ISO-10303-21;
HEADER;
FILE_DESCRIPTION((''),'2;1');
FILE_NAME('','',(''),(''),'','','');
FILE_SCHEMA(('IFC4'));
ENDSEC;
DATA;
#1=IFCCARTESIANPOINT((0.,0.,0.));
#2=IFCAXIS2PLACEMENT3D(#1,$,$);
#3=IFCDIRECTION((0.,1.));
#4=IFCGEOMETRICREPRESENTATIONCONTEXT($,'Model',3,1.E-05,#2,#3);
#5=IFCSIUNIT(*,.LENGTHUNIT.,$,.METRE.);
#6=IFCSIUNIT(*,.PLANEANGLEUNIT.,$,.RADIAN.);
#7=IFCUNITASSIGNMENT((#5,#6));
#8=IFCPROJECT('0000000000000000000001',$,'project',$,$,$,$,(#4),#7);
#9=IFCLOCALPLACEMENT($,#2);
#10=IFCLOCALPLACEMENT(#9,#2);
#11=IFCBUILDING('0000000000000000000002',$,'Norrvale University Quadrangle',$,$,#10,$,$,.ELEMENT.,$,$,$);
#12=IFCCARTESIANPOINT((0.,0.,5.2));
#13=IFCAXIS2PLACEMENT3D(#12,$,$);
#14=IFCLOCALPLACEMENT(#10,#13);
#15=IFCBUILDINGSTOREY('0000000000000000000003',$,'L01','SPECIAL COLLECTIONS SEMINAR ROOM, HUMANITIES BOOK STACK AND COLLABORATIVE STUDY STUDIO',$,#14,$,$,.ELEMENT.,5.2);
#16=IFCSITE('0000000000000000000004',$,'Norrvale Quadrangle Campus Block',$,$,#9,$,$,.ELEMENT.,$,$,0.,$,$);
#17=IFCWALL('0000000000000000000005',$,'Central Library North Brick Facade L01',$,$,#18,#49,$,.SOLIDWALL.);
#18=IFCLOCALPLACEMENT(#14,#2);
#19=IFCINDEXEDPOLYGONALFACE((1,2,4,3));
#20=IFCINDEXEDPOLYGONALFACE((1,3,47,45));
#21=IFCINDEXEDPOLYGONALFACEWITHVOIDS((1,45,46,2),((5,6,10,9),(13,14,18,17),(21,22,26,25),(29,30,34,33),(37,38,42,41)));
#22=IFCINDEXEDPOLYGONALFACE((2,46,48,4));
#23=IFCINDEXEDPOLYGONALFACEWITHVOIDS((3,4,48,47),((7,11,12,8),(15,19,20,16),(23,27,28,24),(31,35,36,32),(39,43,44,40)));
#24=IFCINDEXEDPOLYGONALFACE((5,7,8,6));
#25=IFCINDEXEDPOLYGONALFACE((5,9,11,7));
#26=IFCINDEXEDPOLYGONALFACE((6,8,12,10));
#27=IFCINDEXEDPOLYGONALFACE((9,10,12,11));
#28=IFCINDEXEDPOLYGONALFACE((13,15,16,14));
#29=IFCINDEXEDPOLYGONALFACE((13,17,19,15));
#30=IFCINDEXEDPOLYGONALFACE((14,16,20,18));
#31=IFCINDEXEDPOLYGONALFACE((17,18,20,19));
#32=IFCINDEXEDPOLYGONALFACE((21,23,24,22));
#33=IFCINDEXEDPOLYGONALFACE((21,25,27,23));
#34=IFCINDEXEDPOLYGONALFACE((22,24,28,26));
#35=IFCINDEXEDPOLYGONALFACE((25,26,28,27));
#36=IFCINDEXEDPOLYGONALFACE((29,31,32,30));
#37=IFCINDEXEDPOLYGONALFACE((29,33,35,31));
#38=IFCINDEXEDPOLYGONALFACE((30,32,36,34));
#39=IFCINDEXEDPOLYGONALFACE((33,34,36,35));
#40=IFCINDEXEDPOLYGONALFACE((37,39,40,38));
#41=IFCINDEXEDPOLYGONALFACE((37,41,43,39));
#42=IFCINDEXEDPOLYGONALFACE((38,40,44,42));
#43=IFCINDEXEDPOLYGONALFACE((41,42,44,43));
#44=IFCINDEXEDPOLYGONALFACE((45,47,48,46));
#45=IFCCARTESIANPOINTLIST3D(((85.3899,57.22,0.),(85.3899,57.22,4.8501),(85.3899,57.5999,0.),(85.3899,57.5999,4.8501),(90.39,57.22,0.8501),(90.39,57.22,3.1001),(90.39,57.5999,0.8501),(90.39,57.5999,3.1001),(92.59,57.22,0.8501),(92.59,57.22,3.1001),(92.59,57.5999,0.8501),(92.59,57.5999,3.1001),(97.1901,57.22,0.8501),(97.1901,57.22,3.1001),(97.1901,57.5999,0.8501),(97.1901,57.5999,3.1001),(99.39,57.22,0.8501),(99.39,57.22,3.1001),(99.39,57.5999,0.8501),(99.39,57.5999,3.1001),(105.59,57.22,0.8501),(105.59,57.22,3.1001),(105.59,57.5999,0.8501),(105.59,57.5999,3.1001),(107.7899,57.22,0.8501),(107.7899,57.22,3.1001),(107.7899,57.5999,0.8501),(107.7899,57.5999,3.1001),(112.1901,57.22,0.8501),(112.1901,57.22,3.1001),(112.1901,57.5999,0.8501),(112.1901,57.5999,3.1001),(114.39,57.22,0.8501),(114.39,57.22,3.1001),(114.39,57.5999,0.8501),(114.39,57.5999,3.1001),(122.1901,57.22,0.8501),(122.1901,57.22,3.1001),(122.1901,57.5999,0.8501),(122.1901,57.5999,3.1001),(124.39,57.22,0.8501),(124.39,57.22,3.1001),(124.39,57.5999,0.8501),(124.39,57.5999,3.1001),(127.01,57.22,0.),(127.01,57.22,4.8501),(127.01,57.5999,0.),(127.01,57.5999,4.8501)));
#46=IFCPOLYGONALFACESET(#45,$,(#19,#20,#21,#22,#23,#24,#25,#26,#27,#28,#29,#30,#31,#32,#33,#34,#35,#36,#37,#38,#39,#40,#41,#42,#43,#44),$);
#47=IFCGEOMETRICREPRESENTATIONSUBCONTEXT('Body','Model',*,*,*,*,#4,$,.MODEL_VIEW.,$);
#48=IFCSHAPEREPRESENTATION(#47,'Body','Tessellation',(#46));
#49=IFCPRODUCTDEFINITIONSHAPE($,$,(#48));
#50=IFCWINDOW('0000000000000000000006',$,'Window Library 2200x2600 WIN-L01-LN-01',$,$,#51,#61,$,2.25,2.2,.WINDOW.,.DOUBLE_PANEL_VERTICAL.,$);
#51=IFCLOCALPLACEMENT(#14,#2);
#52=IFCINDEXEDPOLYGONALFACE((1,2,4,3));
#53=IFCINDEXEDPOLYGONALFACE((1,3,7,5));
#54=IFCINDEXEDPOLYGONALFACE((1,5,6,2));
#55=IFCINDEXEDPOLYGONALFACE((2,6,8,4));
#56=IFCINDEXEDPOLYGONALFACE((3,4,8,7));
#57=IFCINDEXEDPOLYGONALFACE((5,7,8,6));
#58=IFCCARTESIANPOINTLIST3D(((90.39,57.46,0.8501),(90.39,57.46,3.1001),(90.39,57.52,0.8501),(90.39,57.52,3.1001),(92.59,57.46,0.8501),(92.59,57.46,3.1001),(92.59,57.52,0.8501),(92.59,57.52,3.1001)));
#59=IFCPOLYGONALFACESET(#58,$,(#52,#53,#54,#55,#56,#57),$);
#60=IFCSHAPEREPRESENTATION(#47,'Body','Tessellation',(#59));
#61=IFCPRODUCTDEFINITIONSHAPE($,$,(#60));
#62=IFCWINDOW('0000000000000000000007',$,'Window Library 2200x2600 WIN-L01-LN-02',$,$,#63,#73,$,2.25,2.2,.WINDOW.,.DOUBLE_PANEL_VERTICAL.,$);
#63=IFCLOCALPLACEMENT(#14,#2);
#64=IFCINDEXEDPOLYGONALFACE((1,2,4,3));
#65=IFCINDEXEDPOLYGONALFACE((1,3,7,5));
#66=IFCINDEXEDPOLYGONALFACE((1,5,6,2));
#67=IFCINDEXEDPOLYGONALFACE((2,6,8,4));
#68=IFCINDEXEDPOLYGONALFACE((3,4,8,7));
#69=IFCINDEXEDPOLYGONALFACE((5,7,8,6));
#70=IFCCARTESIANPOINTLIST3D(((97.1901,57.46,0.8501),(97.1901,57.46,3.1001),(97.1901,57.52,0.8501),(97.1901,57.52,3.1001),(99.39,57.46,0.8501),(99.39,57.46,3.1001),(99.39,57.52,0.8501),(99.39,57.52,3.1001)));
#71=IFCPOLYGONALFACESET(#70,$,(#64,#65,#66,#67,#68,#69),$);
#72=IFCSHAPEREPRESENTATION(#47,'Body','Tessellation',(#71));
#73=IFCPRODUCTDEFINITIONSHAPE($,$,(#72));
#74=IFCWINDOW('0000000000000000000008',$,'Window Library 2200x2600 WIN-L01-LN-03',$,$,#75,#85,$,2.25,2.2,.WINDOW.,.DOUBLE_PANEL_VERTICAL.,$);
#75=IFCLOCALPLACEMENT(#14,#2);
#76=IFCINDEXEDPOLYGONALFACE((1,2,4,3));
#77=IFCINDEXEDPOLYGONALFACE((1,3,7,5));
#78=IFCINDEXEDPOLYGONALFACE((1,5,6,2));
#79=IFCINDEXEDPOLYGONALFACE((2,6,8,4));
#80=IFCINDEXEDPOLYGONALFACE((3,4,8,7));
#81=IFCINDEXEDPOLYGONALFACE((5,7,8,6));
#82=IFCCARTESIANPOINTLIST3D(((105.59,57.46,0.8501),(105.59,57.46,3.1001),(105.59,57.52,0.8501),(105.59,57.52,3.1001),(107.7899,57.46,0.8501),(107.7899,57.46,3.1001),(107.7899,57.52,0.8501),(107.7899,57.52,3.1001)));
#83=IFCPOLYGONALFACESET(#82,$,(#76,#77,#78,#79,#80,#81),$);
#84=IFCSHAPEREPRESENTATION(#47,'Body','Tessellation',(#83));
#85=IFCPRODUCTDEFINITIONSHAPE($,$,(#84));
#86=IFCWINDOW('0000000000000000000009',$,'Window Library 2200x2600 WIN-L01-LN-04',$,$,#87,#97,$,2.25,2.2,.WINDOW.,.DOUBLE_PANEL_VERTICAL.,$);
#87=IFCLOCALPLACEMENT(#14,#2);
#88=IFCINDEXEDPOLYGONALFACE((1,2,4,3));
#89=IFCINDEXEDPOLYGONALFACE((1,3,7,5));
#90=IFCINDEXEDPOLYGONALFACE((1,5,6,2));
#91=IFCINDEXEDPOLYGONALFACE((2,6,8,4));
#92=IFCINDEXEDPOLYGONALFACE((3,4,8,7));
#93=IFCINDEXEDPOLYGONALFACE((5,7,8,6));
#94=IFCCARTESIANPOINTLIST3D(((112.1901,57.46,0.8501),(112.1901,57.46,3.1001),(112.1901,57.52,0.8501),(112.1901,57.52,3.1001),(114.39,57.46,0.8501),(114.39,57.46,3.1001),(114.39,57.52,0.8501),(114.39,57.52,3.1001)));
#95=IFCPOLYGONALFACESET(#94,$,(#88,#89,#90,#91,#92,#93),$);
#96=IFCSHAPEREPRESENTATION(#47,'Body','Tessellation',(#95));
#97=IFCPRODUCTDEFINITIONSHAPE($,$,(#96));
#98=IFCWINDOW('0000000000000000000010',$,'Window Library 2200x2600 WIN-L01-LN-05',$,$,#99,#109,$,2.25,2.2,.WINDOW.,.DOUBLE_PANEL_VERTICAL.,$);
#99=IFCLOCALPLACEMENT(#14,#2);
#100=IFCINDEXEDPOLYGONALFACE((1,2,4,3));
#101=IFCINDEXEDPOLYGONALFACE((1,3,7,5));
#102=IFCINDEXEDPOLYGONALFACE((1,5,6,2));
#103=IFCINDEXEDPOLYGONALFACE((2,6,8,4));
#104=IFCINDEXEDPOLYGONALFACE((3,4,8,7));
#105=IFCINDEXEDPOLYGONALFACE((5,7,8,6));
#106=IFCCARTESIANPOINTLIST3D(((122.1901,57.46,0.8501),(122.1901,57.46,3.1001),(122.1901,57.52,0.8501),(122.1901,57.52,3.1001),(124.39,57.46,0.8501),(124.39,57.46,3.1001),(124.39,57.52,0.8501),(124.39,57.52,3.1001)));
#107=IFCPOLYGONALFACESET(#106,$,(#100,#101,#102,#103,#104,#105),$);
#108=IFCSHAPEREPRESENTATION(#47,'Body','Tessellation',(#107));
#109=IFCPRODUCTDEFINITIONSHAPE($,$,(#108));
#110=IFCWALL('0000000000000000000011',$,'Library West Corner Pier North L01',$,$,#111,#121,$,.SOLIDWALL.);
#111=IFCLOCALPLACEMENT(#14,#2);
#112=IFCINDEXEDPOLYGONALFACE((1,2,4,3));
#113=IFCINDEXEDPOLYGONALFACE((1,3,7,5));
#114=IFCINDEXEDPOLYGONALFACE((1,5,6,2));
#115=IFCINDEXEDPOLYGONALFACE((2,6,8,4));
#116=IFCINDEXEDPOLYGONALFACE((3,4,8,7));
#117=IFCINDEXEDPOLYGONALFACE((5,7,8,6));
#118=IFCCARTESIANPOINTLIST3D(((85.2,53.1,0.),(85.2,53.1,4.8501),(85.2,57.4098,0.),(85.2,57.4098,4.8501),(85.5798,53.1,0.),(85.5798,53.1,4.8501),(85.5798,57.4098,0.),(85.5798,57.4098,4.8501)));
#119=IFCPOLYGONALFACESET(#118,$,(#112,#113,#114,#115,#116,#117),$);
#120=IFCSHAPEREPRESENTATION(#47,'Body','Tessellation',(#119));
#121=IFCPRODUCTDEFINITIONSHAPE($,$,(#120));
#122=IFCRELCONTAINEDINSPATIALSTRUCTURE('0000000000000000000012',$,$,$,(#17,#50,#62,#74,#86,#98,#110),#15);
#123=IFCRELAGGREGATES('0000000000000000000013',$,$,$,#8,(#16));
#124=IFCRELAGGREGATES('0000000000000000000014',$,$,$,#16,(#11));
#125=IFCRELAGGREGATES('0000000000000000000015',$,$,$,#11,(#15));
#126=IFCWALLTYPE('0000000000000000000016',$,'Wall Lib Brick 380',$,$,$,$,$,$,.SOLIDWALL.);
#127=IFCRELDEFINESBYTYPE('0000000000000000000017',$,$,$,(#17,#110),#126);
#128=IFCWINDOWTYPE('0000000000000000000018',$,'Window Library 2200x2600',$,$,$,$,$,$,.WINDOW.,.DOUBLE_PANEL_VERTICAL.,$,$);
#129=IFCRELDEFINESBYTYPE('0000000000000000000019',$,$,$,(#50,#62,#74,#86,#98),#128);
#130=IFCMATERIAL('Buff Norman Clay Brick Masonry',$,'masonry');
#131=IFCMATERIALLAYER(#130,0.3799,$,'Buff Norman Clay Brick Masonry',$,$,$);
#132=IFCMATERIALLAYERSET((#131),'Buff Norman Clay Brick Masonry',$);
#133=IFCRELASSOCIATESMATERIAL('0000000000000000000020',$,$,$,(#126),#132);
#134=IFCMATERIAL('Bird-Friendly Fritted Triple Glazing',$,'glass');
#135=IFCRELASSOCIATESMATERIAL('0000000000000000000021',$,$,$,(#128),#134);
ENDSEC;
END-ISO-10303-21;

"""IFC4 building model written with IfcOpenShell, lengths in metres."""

from ifc_helpers import new_model, si_unit, direction, frame, frame_2d, origin, place, context, subcontext, project, spatial, rectangle, extrude, material, layer, layer_set, type_object, element, fill, save


model = new_model("IFC4")

# Units and contexts
model_context = context("Model", 3, precision=1e-05, world=origin(), true_north=direction((0.0, 1.0)))
body_context = subcontext(model_context, "Body", "Model", "MODEL_VIEW")
ifc_project = project(units=[si_unit("LENGTHUNIT", "METRE"), si_unit("PLANEANGLEUNIT", "RADIAN")], contexts=[model_context])

# Site, building, storey
site_placement = place(None, origin())
site = spatial("IfcSite", under=ifc_project, at=site_placement, Name="Norrvale Quadrangle Campus Block", CompositionType="ELEMENT", RefElevation=0.0)
building_placement = place(site_placement, origin())
building = spatial("IfcBuilding", under=site, at=building_placement, Name="Norrvale University Quadrangle", CompositionType="ELEMENT")
storey_placement = place(building_placement, frame((0.0, 0.0, 5.2)))
storey = spatial("IfcBuildingStorey", under=building, at=storey_placement, Name="L01", Description="SPECIAL COLLECTIONS SEMINAR ROOM, HUMANITIES BOOK STACK AND COLLABORATIVE STUDY STUDIO", CompositionType="ELEMENT", Elevation=5.2)

# Wall, openings, windows
ifc_material_1 = material(Name="Buff Norman Clay Brick Masonry", Category="masonry")
ifc_layer = layer(ifc_material_1, 0.3799, Name="Buff Norman Clay Brick Masonry")
ifc_layer_set = layer_set([ifc_layer], Name="Buff Norman Clay Brick Masonry")
wall_type = type_object("IfcWallType", Name="Wall Lib Brick 380", PredefinedType="SOLIDWALL", material=ifc_layer_set)
wall_1_placement = place(storey_placement, frame((85.3899, 57.4099, 0.0), z_axis=(0.0, 0.0, 1.0), x_axis=(1.0, 0.0, 0.0)))
wall_1 = element("IfcWall", 1, at=wall_1_placement, inside=storey, type_object=wall_type, Name="Central Library North Brick Facade L01", PredefinedType="SOLIDWALL", context=body_context, shape_type="SweptSolid", body=[
    extrude(rectangle(XDim=41.6201, YDim=0.3799, at=frame_2d((20.8101, 0.0))), origin(), (0.0, 0.0, 1.0), 4.8501),
])
opening_1_placement = place(wall_1_placement, frame((5.0, 0.0, 0.8501)))
opening_1 = element("IfcOpeningElement", 2, at=opening_1_placement, cuts=wall_1, PredefinedType="OPENING", context=body_context, shape_type="SweptSolid", body=[
    extrude(rectangle(XDim=2.2, YDim=2.25, at=frame_2d((1.1001, 1.125))), frame((0.0, 0.2019, 0.0), z_axis=(0.0, -1.0, 0.0), x_axis=(1.0, 0.0, 0.0)), (0.0, 0.0, 1.0), 0.4038),
])
opening_2_placement = place(wall_1_placement, frame((11.8, 0.0, 0.8501)))
opening_2 = element("IfcOpeningElement", 3, at=opening_2_placement, cuts=wall_1, PredefinedType="OPENING", context=body_context, shape_type="SweptSolid", body=[
    extrude(rectangle(XDim=2.2, YDim=2.25, at=frame_2d((1.1001, 1.125))), frame((0.0, 0.2019, 0.0), z_axis=(0.0, -1.0, 0.0), x_axis=(1.0, 0.0, 0.0)), (0.0, 0.0, 1.0), 0.4038),
])
opening_3_placement = place(wall_1_placement, frame((20.2, 0.0, 0.8501)))
opening_3 = element("IfcOpeningElement", 4, at=opening_3_placement, cuts=wall_1, PredefinedType="OPENING", context=body_context, shape_type="SweptSolid", body=[
    extrude(rectangle(XDim=2.2, YDim=2.25, at=frame_2d((1.1001, 1.125))), frame((0.0, 0.2019, 0.0), z_axis=(0.0, -1.0, 0.0), x_axis=(1.0, 0.0, 0.0)), (0.0, 0.0, 1.0), 0.4038),
])
opening_4_placement = place(wall_1_placement, frame((26.8, 0.0, 0.8501)))
opening_4 = element("IfcOpeningElement", 5, at=opening_4_placement, cuts=wall_1, PredefinedType="OPENING", context=body_context, shape_type="SweptSolid", body=[
    extrude(rectangle(XDim=2.2, YDim=2.25, at=frame_2d((1.1001, 1.125))), frame((0.0, 0.2019, 0.0), z_axis=(0.0, -1.0, 0.0), x_axis=(1.0, 0.0, 0.0)), (0.0, 0.0, 1.0), 0.4038),
])
opening_5_placement = place(wall_1_placement, frame((36.8, 0.0, 0.8501)))
opening_5 = element("IfcOpeningElement", 6, at=opening_5_placement, cuts=wall_1, PredefinedType="OPENING", context=body_context, shape_type="SweptSolid", body=[
    extrude(rectangle(XDim=2.2, YDim=2.25, at=frame_2d((1.1001, 1.125))), frame((0.0, 0.2019, 0.0), z_axis=(0.0, -1.0, 0.0), x_axis=(1.0, 0.0, 0.0)), (0.0, 0.0, 1.0), 0.4038),
])
ifc_material_2 = material(Name="Bird-Friendly Fritted Triple Glazing", Category="glass")
window_type = type_object("IfcWindowType", Name="Window Library 2200x2600", PartitioningType="DOUBLE_PANEL_VERTICAL", PredefinedType="WINDOW", material=ifc_material_2)
window_1_placement = place(opening_1_placement, origin())
window_1 = element("IfcWindow", 7, at=window_1_placement, inside=storey, type_object=window_type, Name="Window Library 2200x2600 WIN-L01-LN-01", OverallHeight=2.25, OverallWidth=2.2, PartitioningType="DOUBLE_PANEL_VERTICAL", PredefinedType="WINDOW", context=body_context, shape_type="SweptSolid", body=[
    extrude(rectangle(XDim=2.2, YDim=2.25, at=frame_2d((1.1001, 1.125))), frame((0.0, 0.1101, 0.0), z_axis=(0.0, -1.0, 0.0), x_axis=(1.0, 0.0, 0.0)), (0.0, 0.0, 1.0), 0.0601),
])
fill(opening_1, window_1)
window_2_placement = place(opening_2_placement, origin())
window_2 = element("IfcWindow", 8, at=window_2_placement, inside=storey, type_object=window_type, Name="Window Library 2200x2600 WIN-L01-LN-02", OverallHeight=2.25, OverallWidth=2.2, PartitioningType="DOUBLE_PANEL_VERTICAL", PredefinedType="WINDOW", context=body_context, shape_type="SweptSolid", body=[
    extrude(rectangle(XDim=2.2, YDim=2.25, at=frame_2d((1.1001, 1.125))), frame((0.0, 0.1101, 0.0), z_axis=(0.0, -1.0, 0.0), x_axis=(1.0, 0.0, 0.0)), (0.0, 0.0, 1.0), 0.0601),
])
fill(opening_2, window_2)
window_3_placement = place(opening_3_placement, origin())
window_3 = element("IfcWindow", 9, at=window_3_placement, inside=storey, type_object=window_type, Name="Window Library 2200x2600 WIN-L01-LN-03", OverallHeight=2.25, OverallWidth=2.2, PartitioningType="DOUBLE_PANEL_VERTICAL", PredefinedType="WINDOW", context=body_context, shape_type="SweptSolid", body=[
    extrude(rectangle(XDim=2.2, YDim=2.25, at=frame_2d((1.1001, 1.125))), frame((0.0, 0.1101, 0.0), z_axis=(0.0, -1.0, 0.0), x_axis=(1.0, 0.0, 0.0)), (0.0, 0.0, 1.0), 0.0601),
])
fill(opening_3, window_3)
window_4_placement = place(opening_4_placement, origin())
window_4 = element("IfcWindow", 10, at=window_4_placement, inside=storey, type_object=window_type, Name="Window Library 2200x2600 WIN-L01-LN-04", OverallHeight=2.25, OverallWidth=2.2, PartitioningType="DOUBLE_PANEL_VERTICAL", PredefinedType="WINDOW", context=body_context, shape_type="SweptSolid", body=[
    extrude(rectangle(XDim=2.2, YDim=2.25, at=frame_2d((1.1001, 1.125))), frame((0.0, 0.1101, 0.0), z_axis=(0.0, -1.0, 0.0), x_axis=(1.0, 0.0, 0.0)), (0.0, 0.0, 1.0), 0.0601),
])
fill(opening_4, window_4)
window_5_placement = place(opening_5_placement, origin())
window_5 = element("IfcWindow", 11, at=window_5_placement, inside=storey, type_object=window_type, Name="Window Library 2200x2600 WIN-L01-LN-05", OverallHeight=2.25, OverallWidth=2.2, PartitioningType="DOUBLE_PANEL_VERTICAL", PredefinedType="WINDOW", context=body_context, shape_type="SweptSolid", body=[
    extrude(rectangle(XDim=2.2, YDim=2.25, at=frame_2d((1.1001, 1.125))), frame((0.0, 0.1101, 0.0), z_axis=(0.0, -1.0, 0.0), x_axis=(1.0, 0.0, 0.0)), (0.0, 0.0, 1.0), 0.0601),
])
fill(opening_5, window_5)

# Wall
wall_2_placement = place(storey_placement, frame((85.3899, 53.1001, 0.0), z_axis=(0.0, 0.0, 1.0), x_axis=(0.0, 1.0, 0.0)))
element("IfcWall", 12, at=wall_2_placement, inside=storey, type_object=wall_type, Name="Library West Corner Pier North L01", PredefinedType="SOLIDWALL", context=body_context, shape_type="SweptSolid", body=[
    extrude(rectangle(XDim=4.3098, YDim=0.3799, at=frame_2d((2.1548, 0.0))), origin(), (0.0, 0.0, 1.0), 4.8501),
])

save(model, "model.ifc")
